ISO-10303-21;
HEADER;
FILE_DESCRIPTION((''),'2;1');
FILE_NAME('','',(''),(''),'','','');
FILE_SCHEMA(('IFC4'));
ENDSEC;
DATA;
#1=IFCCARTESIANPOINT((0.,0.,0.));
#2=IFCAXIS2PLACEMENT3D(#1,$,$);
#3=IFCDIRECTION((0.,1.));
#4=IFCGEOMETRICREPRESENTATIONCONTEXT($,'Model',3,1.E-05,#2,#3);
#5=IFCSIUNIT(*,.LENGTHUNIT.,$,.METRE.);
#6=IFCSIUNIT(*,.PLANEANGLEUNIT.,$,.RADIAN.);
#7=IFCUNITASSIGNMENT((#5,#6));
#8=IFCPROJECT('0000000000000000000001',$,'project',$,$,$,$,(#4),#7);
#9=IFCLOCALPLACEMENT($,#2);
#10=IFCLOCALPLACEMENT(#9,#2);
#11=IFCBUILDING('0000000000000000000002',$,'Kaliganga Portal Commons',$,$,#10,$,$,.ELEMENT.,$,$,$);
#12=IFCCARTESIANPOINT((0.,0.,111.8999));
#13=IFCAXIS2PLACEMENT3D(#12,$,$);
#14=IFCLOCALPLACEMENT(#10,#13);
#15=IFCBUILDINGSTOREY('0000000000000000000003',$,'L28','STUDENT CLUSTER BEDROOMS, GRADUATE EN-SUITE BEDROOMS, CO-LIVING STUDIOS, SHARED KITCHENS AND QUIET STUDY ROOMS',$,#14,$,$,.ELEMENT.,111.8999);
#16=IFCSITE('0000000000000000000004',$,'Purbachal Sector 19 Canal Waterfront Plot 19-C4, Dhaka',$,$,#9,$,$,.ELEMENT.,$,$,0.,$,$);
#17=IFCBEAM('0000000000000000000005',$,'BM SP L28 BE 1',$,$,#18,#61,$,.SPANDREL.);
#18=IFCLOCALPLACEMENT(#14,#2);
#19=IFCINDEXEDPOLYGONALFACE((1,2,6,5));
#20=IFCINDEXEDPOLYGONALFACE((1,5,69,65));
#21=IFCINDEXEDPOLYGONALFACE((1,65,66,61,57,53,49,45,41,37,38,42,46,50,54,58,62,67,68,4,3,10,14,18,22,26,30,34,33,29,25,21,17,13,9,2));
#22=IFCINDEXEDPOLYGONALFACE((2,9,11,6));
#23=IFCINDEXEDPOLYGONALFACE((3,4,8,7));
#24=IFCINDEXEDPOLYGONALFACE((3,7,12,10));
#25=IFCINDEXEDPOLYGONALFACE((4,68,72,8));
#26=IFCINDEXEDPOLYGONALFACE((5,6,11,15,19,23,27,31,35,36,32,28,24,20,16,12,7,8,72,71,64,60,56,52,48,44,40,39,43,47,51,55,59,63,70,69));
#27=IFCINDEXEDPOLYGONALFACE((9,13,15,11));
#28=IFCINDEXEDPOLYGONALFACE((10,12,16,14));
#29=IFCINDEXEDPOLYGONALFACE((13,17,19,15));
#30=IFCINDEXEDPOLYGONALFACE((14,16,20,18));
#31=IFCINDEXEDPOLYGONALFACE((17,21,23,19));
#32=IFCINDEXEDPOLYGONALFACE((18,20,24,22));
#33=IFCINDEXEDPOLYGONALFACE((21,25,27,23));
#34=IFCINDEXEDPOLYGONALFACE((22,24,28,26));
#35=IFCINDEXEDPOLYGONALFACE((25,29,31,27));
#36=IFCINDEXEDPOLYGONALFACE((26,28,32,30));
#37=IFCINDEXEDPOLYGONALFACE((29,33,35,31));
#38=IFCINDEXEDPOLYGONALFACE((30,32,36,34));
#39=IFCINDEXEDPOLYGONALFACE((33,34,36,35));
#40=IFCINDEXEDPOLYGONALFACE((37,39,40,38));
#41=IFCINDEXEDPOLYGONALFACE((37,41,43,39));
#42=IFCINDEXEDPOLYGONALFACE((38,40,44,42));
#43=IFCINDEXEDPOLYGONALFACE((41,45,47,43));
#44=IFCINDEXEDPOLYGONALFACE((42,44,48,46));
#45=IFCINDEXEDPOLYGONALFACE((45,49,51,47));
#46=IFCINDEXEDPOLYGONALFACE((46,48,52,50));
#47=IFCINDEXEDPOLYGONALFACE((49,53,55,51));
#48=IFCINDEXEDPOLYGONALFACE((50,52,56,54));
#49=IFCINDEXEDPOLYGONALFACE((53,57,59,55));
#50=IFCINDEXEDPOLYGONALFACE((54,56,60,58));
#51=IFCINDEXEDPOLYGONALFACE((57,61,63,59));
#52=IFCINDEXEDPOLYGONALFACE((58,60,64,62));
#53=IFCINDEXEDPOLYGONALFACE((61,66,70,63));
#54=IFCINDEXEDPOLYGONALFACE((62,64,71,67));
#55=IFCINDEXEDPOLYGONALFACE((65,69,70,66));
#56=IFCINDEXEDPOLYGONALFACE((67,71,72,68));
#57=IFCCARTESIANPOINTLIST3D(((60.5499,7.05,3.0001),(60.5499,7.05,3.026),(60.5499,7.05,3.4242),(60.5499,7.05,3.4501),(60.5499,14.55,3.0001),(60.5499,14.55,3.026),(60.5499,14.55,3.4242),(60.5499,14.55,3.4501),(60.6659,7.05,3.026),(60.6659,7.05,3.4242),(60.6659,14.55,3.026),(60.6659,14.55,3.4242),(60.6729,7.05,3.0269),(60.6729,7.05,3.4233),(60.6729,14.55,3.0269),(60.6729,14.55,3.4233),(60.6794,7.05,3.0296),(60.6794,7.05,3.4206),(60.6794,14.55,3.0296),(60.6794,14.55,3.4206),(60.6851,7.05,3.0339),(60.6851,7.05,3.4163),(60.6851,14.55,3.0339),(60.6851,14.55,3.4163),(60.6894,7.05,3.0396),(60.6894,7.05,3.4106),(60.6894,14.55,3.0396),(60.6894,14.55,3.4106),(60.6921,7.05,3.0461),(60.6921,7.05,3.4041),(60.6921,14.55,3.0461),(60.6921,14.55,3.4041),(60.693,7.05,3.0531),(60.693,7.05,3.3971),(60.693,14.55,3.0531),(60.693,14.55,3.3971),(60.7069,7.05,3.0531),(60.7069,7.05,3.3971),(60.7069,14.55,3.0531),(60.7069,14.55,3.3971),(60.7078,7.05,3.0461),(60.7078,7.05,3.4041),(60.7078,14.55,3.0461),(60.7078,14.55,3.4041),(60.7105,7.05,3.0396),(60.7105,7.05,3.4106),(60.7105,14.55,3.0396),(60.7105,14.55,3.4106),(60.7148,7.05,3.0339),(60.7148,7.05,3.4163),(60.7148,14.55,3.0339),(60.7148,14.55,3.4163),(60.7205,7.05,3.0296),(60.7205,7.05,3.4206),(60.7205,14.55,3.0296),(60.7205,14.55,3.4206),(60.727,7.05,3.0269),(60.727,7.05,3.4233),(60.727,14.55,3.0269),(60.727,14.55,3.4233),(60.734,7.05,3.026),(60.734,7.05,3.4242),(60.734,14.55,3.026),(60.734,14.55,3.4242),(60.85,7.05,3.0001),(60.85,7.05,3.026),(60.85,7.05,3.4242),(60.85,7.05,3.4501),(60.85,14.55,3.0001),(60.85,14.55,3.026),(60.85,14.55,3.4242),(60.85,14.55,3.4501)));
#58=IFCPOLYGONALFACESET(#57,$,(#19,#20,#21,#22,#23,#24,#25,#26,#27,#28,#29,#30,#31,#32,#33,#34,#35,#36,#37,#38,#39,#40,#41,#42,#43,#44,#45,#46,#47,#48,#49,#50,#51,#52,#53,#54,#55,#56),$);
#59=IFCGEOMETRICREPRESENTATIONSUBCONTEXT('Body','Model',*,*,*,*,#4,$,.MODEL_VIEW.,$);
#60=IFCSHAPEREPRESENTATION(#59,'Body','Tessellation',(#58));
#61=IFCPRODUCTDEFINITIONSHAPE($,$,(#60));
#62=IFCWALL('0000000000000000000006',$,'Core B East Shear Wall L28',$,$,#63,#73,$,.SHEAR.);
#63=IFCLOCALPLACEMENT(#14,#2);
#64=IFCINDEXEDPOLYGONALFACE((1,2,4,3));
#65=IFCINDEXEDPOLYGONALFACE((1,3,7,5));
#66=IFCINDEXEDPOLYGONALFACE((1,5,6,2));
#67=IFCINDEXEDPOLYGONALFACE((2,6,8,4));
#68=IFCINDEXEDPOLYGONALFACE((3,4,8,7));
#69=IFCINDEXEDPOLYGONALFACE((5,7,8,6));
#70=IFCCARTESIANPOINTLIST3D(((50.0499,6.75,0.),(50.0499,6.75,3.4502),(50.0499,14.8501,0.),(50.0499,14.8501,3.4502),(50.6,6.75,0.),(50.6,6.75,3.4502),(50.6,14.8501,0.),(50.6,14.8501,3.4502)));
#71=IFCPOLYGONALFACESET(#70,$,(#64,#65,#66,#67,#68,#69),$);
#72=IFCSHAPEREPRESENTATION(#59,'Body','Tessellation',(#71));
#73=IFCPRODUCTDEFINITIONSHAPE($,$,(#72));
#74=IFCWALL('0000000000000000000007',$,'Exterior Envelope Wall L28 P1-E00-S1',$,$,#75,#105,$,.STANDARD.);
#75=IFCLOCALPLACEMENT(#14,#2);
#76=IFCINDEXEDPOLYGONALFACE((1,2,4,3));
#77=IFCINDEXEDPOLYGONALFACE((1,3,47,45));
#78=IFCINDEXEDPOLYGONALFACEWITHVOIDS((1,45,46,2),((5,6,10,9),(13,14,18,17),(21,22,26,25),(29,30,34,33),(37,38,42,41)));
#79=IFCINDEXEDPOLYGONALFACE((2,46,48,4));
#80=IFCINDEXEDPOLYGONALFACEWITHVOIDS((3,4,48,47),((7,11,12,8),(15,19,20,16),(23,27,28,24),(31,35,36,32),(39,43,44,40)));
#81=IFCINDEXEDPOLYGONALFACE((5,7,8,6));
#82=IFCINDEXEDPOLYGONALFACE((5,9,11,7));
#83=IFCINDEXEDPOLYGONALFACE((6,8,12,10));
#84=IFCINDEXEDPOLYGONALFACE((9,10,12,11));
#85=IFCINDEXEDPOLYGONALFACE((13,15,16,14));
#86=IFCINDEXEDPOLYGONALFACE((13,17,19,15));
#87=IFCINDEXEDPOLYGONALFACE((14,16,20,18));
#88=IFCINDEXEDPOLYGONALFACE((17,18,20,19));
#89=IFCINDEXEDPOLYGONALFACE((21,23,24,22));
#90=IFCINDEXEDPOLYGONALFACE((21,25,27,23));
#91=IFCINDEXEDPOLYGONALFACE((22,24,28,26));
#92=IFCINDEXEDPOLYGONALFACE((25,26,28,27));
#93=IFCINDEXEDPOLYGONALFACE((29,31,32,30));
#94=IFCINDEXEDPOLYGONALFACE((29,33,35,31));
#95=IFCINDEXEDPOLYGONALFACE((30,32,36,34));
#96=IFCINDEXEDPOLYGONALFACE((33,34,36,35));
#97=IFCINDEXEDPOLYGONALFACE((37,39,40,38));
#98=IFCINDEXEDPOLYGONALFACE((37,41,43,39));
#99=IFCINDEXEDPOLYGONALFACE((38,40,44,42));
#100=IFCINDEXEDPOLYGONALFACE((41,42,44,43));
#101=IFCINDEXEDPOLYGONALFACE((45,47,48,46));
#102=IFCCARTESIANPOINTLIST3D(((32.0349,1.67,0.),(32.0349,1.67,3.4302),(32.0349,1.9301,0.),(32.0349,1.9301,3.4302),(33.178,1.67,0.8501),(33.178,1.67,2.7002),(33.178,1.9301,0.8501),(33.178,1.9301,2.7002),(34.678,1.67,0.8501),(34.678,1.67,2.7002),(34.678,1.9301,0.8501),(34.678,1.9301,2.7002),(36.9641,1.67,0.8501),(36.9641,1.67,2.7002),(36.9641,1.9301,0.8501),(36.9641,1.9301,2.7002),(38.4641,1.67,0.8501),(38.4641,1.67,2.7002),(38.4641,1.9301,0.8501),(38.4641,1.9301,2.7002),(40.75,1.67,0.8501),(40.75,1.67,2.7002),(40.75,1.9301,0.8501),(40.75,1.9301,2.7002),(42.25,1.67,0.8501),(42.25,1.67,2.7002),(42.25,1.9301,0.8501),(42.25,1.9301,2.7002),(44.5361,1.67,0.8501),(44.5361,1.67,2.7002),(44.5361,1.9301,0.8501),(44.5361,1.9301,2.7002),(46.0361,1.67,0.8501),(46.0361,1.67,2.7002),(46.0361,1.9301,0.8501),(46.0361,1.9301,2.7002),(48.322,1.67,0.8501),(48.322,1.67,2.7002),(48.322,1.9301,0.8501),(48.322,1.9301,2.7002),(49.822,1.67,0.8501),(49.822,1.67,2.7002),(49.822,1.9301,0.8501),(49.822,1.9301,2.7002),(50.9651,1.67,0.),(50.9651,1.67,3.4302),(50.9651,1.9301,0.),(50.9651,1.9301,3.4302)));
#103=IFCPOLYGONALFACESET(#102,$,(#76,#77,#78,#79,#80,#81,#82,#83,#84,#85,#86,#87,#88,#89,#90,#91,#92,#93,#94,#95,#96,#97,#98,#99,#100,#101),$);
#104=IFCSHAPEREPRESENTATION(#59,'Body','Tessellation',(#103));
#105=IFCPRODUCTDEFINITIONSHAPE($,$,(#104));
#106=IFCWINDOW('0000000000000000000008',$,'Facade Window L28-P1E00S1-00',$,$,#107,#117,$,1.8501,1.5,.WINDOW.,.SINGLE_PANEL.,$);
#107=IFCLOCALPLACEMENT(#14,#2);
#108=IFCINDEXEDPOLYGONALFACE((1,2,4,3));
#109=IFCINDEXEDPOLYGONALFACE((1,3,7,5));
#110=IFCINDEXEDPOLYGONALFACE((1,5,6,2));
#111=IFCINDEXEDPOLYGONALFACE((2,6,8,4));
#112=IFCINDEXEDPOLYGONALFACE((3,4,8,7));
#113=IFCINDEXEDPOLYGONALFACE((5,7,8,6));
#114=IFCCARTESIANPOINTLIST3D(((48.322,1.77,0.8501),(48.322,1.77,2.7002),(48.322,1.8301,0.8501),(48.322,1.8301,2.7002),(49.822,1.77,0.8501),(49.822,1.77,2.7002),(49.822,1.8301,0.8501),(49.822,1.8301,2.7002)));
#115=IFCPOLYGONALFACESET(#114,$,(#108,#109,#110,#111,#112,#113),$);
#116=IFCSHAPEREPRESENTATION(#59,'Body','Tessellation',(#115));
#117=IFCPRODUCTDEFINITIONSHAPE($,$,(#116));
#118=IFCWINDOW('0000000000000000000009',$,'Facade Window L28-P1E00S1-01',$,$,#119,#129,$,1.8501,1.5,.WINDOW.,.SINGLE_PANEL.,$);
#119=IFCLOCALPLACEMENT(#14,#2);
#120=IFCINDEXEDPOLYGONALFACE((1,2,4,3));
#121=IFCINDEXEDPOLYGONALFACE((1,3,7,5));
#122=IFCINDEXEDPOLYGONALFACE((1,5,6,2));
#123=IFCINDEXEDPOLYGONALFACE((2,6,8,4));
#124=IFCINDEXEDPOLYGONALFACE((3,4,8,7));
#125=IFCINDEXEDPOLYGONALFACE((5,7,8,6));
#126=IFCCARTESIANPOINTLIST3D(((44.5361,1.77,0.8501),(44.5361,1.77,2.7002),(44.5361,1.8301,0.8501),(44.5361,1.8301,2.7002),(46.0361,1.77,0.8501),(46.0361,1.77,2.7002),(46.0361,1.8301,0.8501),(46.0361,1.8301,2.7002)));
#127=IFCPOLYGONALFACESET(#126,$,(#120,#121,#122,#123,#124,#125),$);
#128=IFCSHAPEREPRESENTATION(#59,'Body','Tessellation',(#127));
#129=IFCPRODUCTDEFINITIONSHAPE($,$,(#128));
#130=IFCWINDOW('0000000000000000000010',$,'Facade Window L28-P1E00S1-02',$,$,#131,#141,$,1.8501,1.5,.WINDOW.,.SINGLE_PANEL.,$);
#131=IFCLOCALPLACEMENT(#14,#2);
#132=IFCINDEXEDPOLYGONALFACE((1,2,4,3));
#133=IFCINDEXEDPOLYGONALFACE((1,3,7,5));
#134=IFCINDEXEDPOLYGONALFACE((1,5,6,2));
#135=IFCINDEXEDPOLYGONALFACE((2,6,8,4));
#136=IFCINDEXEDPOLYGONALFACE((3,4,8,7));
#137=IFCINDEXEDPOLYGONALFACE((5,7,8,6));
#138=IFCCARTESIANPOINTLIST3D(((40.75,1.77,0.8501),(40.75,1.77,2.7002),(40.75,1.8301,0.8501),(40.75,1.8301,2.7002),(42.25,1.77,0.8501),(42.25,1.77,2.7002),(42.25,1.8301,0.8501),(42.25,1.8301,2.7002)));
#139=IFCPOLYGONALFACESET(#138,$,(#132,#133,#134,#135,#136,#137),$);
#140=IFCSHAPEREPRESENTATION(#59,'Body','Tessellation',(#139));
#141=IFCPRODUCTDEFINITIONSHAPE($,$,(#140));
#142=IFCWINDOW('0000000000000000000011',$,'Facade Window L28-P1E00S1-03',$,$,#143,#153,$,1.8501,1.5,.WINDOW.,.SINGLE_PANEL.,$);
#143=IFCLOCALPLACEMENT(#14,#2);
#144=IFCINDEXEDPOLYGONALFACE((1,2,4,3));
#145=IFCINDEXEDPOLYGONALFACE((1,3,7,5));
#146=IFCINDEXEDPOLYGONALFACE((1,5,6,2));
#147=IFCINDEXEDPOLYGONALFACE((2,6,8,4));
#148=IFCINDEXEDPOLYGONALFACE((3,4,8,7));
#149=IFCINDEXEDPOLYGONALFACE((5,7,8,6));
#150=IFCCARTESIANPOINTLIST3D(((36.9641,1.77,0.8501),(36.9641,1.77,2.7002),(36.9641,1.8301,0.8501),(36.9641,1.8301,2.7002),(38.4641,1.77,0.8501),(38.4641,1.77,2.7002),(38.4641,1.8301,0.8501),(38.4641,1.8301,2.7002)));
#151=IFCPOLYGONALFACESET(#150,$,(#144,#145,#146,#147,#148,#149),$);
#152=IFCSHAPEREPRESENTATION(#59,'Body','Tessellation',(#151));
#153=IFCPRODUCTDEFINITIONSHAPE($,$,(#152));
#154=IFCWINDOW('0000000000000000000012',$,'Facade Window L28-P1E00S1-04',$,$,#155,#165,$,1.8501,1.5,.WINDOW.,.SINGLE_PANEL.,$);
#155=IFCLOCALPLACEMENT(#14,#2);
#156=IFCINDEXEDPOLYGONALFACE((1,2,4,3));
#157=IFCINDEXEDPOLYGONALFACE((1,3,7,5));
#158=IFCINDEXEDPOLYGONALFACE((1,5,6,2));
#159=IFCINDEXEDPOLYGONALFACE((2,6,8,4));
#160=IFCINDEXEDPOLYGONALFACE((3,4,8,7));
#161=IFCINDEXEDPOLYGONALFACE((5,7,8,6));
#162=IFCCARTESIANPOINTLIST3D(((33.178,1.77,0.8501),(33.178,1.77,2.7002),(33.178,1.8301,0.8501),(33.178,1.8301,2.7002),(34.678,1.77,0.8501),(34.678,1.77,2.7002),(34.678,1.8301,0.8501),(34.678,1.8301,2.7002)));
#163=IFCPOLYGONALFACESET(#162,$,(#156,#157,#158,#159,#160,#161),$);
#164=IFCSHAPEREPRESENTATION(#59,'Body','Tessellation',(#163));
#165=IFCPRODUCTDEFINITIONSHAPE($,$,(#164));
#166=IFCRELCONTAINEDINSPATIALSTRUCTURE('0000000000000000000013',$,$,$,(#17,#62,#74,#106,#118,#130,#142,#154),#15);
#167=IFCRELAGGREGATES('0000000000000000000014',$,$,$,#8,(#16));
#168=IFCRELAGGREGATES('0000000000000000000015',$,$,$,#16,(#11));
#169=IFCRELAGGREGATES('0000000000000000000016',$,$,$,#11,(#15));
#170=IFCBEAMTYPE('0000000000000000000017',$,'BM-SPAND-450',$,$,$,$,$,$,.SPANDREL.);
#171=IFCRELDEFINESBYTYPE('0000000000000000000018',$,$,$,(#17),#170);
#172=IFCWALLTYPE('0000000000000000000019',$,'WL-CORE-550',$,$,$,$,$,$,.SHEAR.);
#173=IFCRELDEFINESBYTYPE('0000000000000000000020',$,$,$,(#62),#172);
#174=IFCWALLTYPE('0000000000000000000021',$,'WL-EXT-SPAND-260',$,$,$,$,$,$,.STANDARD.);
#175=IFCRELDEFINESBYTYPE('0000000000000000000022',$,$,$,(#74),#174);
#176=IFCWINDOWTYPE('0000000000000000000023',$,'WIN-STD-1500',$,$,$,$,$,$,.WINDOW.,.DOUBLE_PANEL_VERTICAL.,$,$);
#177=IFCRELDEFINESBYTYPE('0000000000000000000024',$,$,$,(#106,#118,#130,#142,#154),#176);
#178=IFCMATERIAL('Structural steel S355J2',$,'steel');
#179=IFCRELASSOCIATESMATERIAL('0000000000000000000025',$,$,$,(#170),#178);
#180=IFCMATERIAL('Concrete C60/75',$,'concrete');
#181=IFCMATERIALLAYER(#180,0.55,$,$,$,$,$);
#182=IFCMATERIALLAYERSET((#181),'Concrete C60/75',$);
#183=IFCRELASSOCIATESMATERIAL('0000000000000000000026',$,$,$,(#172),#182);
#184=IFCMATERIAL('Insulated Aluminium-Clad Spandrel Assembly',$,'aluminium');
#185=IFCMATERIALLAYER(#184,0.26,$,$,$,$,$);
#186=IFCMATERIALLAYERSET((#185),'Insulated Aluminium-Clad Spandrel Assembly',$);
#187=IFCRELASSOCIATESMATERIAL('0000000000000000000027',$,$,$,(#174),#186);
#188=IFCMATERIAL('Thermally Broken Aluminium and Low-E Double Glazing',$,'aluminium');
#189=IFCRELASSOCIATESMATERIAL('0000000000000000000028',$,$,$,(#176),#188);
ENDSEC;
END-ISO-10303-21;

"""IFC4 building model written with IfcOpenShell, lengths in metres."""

from ifc_helpers import new_model, si_unit, direction, frame, frame_2d, origin, origin_2d, place, context, subcontext, project, spatial, rectangle, i_section, extrude, source, transform, mapped, material, layer, layer_set, material_profile, profile_set, type_object, element, fill, save


model = new_model("IFC4")

# Units and contexts
model_context = context("Model", 3, precision=1e-05, world=origin(), true_north=direction((0.0, 1.0)))
body_context = subcontext(model_context, "Body", "Model", "MODEL_VIEW")
ifc_project = project(units=[si_unit("LENGTHUNIT", "METRE"), si_unit("PLANEANGLEUNIT", "RADIAN")], contexts=[model_context])

# Site, building, storey
site_placement = place(None, origin())
site = spatial("IfcSite", under=ifc_project, at=site_placement, Name="Purbachal Sector 19 Canal Waterfront Plot 19-C4, Dhaka", CompositionType="ELEMENT", RefElevation=0.0)
building_placement = place(site_placement, origin())
building = spatial("IfcBuilding", under=site, at=building_placement, Name="Kaliganga Portal Commons", CompositionType="ELEMENT")
storey_placement = place(building_placement, frame((0.0, 0.0, 111.8999)))
storey = spatial("IfcBuildingStorey", under=building, at=storey_placement, Name="L28", Description="STUDENT CLUSTER BEDROOMS, GRADUATE EN-SUITE BEDROOMS, CO-LIVING STUDIOS, SHARED KITCHENS AND QUIET STUDY ROOMS", CompositionType="ELEMENT", Elevation=111.8999)

# Shared definitions
ifc_material_1 = material(Name="Concrete C60/75", Category="concrete")

# Beam
ifc_material_2 = material(Name="Structural steel S355J2", Category="steel")
ifc_material_profile_1 = material_profile(ifc_material_2, i_section(OverallWidth=0.3, OverallDepth=0.45, WebThickness=0.0139, FlangeThickness=0.0259, FilletRadius=0.0271, at=origin_2d()), Name="HE 450 B")
ifc_profile_set_1 = profile_set([ifc_material_profile_1], Name="Structural steel S355J2 wide-flange")
beam_type_1 = type_object("IfcBeamType", Name="BM-SPAND-450", PredefinedType="SPANDREL", material=ifc_profile_set_1)
shared_shape_1 = source(origin(), body_context, "Body", "SweptSolid", [
    extrude(i_section(OverallWidth=0.3, OverallDepth=0.45, WebThickness=0.0139, FlangeThickness=0.0259, FilletRadius=0.0271, at=origin_2d()), origin(), (0.0, 0.0, 1.0), 7.5),
])
beam_1_placement = place(storey_placement, frame((60.7, 7.05, 3.2251), z_axis=(0.0, 1.0, 0.0), x_axis=(-1.0, 0.0, 0.0)))
element("IfcBeam", 1, at=beam_1_placement, inside=storey, type_object=beam_type_1, Name="BM SP L28 BE 1", PredefinedType="SPANDREL", context=body_context, shape_type="MappedRepresentation", body=[
    mapped(shared_shape_1, transform((0.0, 0.0, 0.0), x_axis=(1.0, 0.0, 0.0), y_axis=(0.0, 1.0, 0.0), z_axis=(0.0, 0.0, 1.0), scale=1.0)),
])

# Wall
ifc_layer_1 = layer(ifc_material_1, 0.55)
ifc_layer_set_1 = layer_set([ifc_layer_1], Name="Concrete C60/75")
wall_type_1 = type_object("IfcWallType", Name="WL-CORE-550", PredefinedType="SHEAR", material=ifc_layer_set_1)
wall_1_placement = place(storey_placement, frame((50.325, 6.75, 0.0), z_axis=(0.0, 0.0, 1.0), x_axis=(0.0, 1.0, 0.0)))
element("IfcWall", 2, at=wall_1_placement, inside=storey, type_object=wall_type_1, Name="Core B East Shear Wall L28", PredefinedType="SHEAR", context=body_context, shape_type="SweptSolid", body=[
    extrude(rectangle(XDim=8.1001, YDim=0.55, at=frame_2d((4.05, 0.0))), origin(), (0.0, 0.0, 1.0), 3.4502),
])

# Wall, openings, windows
ifc_material_3 = material(Name="Insulated Aluminium-Clad Spandrel Assembly", Category="aluminium")
ifc_layer_2 = layer(ifc_material_3, 0.26)
ifc_layer_set_2 = layer_set([ifc_layer_2], Name="Insulated Aluminium-Clad Spandrel Assembly")
wall_type_2 = type_object("IfcWallType", Name="WL-EXT-SPAND-260", PredefinedType="STANDARD", material=ifc_layer_set_2)
wall_2_placement = place(storey_placement, frame((50.9651, 1.8, 0.0), z_axis=(0.0, 0.0, 1.0), x_axis=(-1.0, 0.0, 0.0)))
wall_2 = element("IfcWall", 3, at=wall_2_placement, inside=storey, type_object=wall_type_2, Name="Exterior Envelope Wall L28 P1-E00-S1", PredefinedType="STANDARD", context=body_context, shape_type="SweptSolid", body=[
    extrude(rectangle(XDim=18.9302, YDim=0.26, at=frame_2d((9.4651, 0.0))), origin(), (0.0, 0.0, 1.0), 3.4302),
])
opening_1_placement = place(wall_2_placement, frame((1.1431, 0.0, 0.8501)))
opening_1 = element("IfcOpeningElement", 4, at=opening_1_placement, cuts=wall_2, PredefinedType="OPENING", context=body_context, shape_type="SweptSolid", body=[
    extrude(rectangle(XDim=1.5, YDim=1.8501, at=frame_2d((0.75, 0.925))), frame((0.0, 0.1401, 0.0), z_axis=(0.0, -1.0, 0.0), x_axis=(1.0, 0.0, 0.0)), (0.0, 0.0, 1.0), 0.28),
])
opening_2_placement = place(wall_2_placement, frame((4.929, 0.0, 0.8501)))
opening_2 = element("IfcOpeningElement", 5, at=opening_2_placement, cuts=wall_2, PredefinedType="OPENING", context=body_context, shape_type="SweptSolid", body=[
    extrude(rectangle(XDim=1.5, YDim=1.8501, at=frame_2d((0.75, 0.925))), frame((0.0, 0.1401, 0.0), z_axis=(0.0, -1.0, 0.0), x_axis=(1.0, 0.0, 0.0)), (0.0, 0.0, 1.0), 0.28),
])
opening_3_placement = place(wall_2_placement, frame((8.7151, 0.0, 0.8501)))
opening_3 = element("IfcOpeningElement", 6, at=opening_3_placement, cuts=wall_2, PredefinedType="OPENING", context=body_context, shape_type="SweptSolid", body=[
    extrude(rectangle(XDim=1.5, YDim=1.8501, at=frame_2d((0.75, 0.925))), frame((0.0, 0.1401, 0.0), z_axis=(0.0, -1.0, 0.0), x_axis=(1.0, 0.0, 0.0)), (0.0, 0.0, 1.0), 0.28),
])
opening_4_placement = place(wall_2_placement, frame((12.501, 0.0, 0.8501)))
opening_4 = element("IfcOpeningElement", 7, at=opening_4_placement, cuts=wall_2, PredefinedType="OPENING", context=body_context, shape_type="SweptSolid", body=[
    extrude(rectangle(XDim=1.5, YDim=1.8501, at=frame_2d((0.75, 0.925))), frame((0.0, 0.1401, 0.0), z_axis=(0.0, -1.0, 0.0), x_axis=(1.0, 0.0, 0.0)), (0.0, 0.0, 1.0), 0.28),
])
opening_5_placement = place(wall_2_placement, frame((16.2871, 0.0, 0.8501)))
opening_5 = element("IfcOpeningElement", 8, at=opening_5_placement, cuts=wall_2, PredefinedType="OPENING", context=body_context, shape_type="SweptSolid", body=[
    extrude(rectangle(XDim=1.5, YDim=1.8501, at=frame_2d((0.75, 0.925))), frame((0.0, 0.1401, 0.0), z_axis=(0.0, -1.0, 0.0), x_axis=(1.0, 0.0, 0.0)), (0.0, 0.0, 1.0), 0.28),
])
ifc_material_4 = material(Name="Thermally Broken Aluminium and Low-E Double Glazing", Category="aluminium")
window_type = type_object("IfcWindowType", Name="WIN-STD-1500", PartitioningType="DOUBLE_PANEL_VERTICAL", PredefinedType="WINDOW", material=ifc_material_4)
window_1_placement = place(opening_1_placement, origin())
window_1 = element("IfcWindow", 9, at=window_1_placement, inside=storey, type_object=window_type, Name="Facade Window L28-P1E00S1-00", OverallHeight=1.8501, OverallWidth=1.5, PartitioningType="SINGLE_PANEL", PredefinedType="WINDOW", context=body_context, shape_type="SweptSolid", body=[
    extrude(rectangle(XDim=1.5, YDim=1.8501, at=frame_2d((0.75, 0.925))), frame((0.0, 0.03, 0.0), z_axis=(0.0, -1.0, 0.0), x_axis=(1.0, 0.0, 0.0)), (0.0, 0.0, 1.0), 0.0601),
])
fill(opening_1, window_1)
window_2_placement = place(opening_2_placement, origin())
window_2 = element("IfcWindow", 10, at=window_2_placement, inside=storey, type_object=window_type, Name="Facade Window L28-P1E00S1-01", OverallHeight=1.8501, OverallWidth=1.5, PartitioningType="SINGLE_PANEL", PredefinedType="WINDOW", context=body_context, shape_type="SweptSolid", body=[
    extrude(rectangle(XDim=1.5, YDim=1.8501, at=frame_2d((0.75, 0.925))), frame((0.0, 0.03, 0.0), z_axis=(0.0, -1.0, 0.0), x_axis=(1.0, 0.0, 0.0)), (0.0, 0.0, 1.0), 0.0601),
])
fill(opening_2, window_2)
window_3_placement = place(opening_3_placement, origin())
window_3 = element("IfcWindow", 11, at=window_3_placement, inside=storey, type_object=window_type, Name="Facade Window L28-P1E00S1-02", OverallHeight=1.8501, OverallWidth=1.5, PartitioningType="SINGLE_PANEL", PredefinedType="WINDOW", context=body_context, shape_type="SweptSolid", body=[
    extrude(rectangle(XDim=1.5, YDim=1.8501, at=frame_2d((0.75, 0.925))), frame((0.0, 0.03, 0.0), z_axis=(0.0, -1.0, 0.0), x_axis=(1.0, 0.0, 0.0)), (0.0, 0.0, 1.0), 0.0601),
])
fill(opening_3, window_3)
window_4_placement = place(opening_4_placement, origin())
window_4 = element("IfcWindow", 12, at=window_4_placement, inside=storey, type_object=window_type, Name="Facade Window L28-P1E00S1-03", OverallHeight=1.8501, OverallWidth=1.5, PartitioningType="SINGLE_PANEL", PredefinedType="WINDOW", context=body_context, shape_type="SweptSolid", body=[
    extrude(rectangle(XDim=1.5, YDim=1.8501, at=frame_2d((0.75, 0.925))), frame((0.0, 0.03, 0.0), z_axis=(0.0, -1.0, 0.0), x_axis=(1.0, 0.0, 0.0)), (0.0, 0.0, 1.0), 0.0601),
])
fill(opening_4, window_4)
window_5_placement = place(opening_5_placement, origin())
window_5 = element("IfcWindow", 13, at=window_5_placement, inside=storey, type_object=window_type, Name="Facade Window L28-P1E00S1-04", OverallHeight=1.8501, OverallWidth=1.5, PartitioningType="SINGLE_PANEL", PredefinedType="WINDOW", context=body_context, shape_type="SweptSolid", body=[
    extrude(rectangle(XDim=1.5, YDim=1.8501, at=frame_2d((0.75, 0.925))), frame((0.0, 0.03, 0.0), z_axis=(0.0, -1.0, 0.0), x_axis=(1.0, 0.0, 0.0)), (0.0, 0.0, 1.0), 0.0601),
])
fill(opening_5, window_5)

save(model, "model.ifc")
